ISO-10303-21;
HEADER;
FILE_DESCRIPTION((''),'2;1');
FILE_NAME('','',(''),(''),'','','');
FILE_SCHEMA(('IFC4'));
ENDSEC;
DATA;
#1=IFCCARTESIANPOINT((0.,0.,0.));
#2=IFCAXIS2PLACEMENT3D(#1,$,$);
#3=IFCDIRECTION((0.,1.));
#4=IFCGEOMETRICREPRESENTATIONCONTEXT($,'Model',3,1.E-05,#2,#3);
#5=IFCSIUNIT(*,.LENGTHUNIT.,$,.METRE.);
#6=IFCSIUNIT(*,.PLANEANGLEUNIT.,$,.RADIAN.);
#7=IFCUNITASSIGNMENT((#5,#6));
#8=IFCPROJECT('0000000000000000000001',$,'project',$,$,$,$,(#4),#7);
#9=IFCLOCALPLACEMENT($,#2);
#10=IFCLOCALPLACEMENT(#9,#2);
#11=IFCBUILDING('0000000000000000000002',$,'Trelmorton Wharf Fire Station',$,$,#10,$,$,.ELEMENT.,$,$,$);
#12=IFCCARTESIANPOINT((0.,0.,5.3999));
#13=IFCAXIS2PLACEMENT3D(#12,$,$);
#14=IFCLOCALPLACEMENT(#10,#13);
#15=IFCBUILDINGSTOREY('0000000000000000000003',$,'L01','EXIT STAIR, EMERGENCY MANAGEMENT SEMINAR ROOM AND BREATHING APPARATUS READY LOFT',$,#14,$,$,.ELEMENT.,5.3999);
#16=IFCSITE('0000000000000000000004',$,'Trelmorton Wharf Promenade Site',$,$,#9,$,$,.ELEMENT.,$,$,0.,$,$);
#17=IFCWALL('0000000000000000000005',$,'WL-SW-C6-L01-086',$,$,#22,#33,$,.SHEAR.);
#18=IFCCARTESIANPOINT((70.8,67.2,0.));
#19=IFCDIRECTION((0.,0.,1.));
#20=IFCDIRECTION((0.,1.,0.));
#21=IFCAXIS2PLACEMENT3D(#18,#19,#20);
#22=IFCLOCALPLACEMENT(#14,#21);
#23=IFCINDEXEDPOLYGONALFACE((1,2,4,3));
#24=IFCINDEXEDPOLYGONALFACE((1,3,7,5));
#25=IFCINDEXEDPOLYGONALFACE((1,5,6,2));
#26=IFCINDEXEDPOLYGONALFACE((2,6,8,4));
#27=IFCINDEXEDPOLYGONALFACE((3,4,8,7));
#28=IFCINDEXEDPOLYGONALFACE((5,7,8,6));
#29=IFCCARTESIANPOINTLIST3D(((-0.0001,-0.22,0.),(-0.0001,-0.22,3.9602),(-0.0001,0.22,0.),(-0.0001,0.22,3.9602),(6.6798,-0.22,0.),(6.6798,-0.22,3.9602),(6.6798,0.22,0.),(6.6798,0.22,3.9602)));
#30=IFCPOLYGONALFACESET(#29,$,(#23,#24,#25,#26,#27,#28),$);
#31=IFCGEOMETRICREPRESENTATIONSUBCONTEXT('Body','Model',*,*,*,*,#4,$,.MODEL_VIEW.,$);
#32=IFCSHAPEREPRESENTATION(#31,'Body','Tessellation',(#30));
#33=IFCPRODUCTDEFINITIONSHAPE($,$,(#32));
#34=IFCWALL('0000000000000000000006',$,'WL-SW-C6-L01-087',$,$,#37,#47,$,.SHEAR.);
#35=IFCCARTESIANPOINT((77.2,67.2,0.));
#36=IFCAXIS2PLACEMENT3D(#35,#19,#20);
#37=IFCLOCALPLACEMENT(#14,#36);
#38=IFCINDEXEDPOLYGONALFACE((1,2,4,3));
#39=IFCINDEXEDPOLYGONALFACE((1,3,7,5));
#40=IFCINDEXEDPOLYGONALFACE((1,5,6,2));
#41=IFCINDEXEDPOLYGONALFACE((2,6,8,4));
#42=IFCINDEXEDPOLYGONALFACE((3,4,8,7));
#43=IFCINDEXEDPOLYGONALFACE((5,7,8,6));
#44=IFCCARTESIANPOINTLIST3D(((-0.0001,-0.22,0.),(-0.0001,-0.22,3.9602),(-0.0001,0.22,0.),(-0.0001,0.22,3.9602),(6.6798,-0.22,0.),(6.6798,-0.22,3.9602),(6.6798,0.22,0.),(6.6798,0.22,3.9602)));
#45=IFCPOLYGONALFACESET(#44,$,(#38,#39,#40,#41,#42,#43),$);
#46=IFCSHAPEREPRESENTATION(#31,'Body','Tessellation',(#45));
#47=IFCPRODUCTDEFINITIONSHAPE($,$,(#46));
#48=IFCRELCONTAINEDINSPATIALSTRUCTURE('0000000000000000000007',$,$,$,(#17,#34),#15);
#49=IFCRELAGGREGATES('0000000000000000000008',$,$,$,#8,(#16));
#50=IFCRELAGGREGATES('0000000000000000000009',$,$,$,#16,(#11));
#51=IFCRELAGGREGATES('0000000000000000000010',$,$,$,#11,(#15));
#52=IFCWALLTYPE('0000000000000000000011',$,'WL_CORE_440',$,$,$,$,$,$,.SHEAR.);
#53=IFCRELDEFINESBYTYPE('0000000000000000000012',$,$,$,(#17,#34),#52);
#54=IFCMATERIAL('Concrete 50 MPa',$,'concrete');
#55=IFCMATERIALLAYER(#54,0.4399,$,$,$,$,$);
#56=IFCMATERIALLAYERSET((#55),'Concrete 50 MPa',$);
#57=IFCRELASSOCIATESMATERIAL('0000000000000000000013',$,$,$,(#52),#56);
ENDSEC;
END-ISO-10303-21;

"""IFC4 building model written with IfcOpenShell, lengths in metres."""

from ifc_helpers import new_model, si_unit, direction, frame, frame_2d, origin, place, context, subcontext, project, spatial, rectangle, extrude, material, layer, layer_set, type_object, element, save


model = new_model("IFC4")

# Units and contexts
model_context = context("Model", 3, precision=1e-05, world=origin(), true_north=direction((0.0, 1.0)))
body_context = subcontext(model_context, "Body", "Model", "MODEL_VIEW")
ifc_project = project(units=[si_unit("LENGTHUNIT", "METRE"), si_unit("PLANEANGLEUNIT", "RADIAN")], contexts=[model_context])

# Site, building, storey
site_placement = place(None, origin())
site = spatial("IfcSite", under=ifc_project, at=site_placement, Name="Trelmorton Wharf Promenade Site", CompositionType="ELEMENT", RefElevation=0.0)
building_placement = place(site_placement, origin())
building = spatial("IfcBuilding", under=site, at=building_placement, Name="Trelmorton Wharf Fire Station", CompositionType="ELEMENT")
storey_placement = place(building_placement, frame((0.0, 0.0, 5.3999)))
storey = spatial("IfcBuildingStorey", under=building, at=storey_placement, Name="L01", Description="EXIT STAIR, EMERGENCY MANAGEMENT SEMINAR ROOM AND BREATHING APPARATUS READY LOFT", CompositionType="ELEMENT", Elevation=5.3999)

# Walls
ifc_material_1 = material(Name="Concrete 50 MPa", Category="concrete")
ifc_layer_1 = layer(ifc_material_1, 0.4399)
ifc_layer_set_1 = layer_set([ifc_layer_1], Name="Concrete 50 MPa")
wall_type_1 = type_object("IfcWallType", Name="WL_CORE_440", PredefinedType="SHEAR", material=ifc_layer_set_1)
for number, where, z_axis, x_axis, name in (
    (1, (70.8, 67.2, 0.0), (0.0, 0.0, 1.0), (0.0, 1.0, 0.0), "WL-SW-C6-L01-086"),
    (2, (77.2, 67.2, 0.0), (0.0, 0.0, 1.0), (0.0, 1.0, 0.0), "WL-SW-C6-L01-087"),
):
    element("IfcWall", number, at=place(storey_placement, frame(where, z_axis=z_axis, x_axis=x_axis)), inside=storey, type_object=wall_type_1, Name=name, PredefinedType="SHEAR", context=body_context, shape_type="SweptSolid", body=[
        extrude(rectangle(XDim=6.6799, YDim=0.4399, at=frame_2d((3.3398, 0.0))), origin(), (0.0, 0.0, 1.0), 3.9602),
    ])

save(model, "model.ifc")
